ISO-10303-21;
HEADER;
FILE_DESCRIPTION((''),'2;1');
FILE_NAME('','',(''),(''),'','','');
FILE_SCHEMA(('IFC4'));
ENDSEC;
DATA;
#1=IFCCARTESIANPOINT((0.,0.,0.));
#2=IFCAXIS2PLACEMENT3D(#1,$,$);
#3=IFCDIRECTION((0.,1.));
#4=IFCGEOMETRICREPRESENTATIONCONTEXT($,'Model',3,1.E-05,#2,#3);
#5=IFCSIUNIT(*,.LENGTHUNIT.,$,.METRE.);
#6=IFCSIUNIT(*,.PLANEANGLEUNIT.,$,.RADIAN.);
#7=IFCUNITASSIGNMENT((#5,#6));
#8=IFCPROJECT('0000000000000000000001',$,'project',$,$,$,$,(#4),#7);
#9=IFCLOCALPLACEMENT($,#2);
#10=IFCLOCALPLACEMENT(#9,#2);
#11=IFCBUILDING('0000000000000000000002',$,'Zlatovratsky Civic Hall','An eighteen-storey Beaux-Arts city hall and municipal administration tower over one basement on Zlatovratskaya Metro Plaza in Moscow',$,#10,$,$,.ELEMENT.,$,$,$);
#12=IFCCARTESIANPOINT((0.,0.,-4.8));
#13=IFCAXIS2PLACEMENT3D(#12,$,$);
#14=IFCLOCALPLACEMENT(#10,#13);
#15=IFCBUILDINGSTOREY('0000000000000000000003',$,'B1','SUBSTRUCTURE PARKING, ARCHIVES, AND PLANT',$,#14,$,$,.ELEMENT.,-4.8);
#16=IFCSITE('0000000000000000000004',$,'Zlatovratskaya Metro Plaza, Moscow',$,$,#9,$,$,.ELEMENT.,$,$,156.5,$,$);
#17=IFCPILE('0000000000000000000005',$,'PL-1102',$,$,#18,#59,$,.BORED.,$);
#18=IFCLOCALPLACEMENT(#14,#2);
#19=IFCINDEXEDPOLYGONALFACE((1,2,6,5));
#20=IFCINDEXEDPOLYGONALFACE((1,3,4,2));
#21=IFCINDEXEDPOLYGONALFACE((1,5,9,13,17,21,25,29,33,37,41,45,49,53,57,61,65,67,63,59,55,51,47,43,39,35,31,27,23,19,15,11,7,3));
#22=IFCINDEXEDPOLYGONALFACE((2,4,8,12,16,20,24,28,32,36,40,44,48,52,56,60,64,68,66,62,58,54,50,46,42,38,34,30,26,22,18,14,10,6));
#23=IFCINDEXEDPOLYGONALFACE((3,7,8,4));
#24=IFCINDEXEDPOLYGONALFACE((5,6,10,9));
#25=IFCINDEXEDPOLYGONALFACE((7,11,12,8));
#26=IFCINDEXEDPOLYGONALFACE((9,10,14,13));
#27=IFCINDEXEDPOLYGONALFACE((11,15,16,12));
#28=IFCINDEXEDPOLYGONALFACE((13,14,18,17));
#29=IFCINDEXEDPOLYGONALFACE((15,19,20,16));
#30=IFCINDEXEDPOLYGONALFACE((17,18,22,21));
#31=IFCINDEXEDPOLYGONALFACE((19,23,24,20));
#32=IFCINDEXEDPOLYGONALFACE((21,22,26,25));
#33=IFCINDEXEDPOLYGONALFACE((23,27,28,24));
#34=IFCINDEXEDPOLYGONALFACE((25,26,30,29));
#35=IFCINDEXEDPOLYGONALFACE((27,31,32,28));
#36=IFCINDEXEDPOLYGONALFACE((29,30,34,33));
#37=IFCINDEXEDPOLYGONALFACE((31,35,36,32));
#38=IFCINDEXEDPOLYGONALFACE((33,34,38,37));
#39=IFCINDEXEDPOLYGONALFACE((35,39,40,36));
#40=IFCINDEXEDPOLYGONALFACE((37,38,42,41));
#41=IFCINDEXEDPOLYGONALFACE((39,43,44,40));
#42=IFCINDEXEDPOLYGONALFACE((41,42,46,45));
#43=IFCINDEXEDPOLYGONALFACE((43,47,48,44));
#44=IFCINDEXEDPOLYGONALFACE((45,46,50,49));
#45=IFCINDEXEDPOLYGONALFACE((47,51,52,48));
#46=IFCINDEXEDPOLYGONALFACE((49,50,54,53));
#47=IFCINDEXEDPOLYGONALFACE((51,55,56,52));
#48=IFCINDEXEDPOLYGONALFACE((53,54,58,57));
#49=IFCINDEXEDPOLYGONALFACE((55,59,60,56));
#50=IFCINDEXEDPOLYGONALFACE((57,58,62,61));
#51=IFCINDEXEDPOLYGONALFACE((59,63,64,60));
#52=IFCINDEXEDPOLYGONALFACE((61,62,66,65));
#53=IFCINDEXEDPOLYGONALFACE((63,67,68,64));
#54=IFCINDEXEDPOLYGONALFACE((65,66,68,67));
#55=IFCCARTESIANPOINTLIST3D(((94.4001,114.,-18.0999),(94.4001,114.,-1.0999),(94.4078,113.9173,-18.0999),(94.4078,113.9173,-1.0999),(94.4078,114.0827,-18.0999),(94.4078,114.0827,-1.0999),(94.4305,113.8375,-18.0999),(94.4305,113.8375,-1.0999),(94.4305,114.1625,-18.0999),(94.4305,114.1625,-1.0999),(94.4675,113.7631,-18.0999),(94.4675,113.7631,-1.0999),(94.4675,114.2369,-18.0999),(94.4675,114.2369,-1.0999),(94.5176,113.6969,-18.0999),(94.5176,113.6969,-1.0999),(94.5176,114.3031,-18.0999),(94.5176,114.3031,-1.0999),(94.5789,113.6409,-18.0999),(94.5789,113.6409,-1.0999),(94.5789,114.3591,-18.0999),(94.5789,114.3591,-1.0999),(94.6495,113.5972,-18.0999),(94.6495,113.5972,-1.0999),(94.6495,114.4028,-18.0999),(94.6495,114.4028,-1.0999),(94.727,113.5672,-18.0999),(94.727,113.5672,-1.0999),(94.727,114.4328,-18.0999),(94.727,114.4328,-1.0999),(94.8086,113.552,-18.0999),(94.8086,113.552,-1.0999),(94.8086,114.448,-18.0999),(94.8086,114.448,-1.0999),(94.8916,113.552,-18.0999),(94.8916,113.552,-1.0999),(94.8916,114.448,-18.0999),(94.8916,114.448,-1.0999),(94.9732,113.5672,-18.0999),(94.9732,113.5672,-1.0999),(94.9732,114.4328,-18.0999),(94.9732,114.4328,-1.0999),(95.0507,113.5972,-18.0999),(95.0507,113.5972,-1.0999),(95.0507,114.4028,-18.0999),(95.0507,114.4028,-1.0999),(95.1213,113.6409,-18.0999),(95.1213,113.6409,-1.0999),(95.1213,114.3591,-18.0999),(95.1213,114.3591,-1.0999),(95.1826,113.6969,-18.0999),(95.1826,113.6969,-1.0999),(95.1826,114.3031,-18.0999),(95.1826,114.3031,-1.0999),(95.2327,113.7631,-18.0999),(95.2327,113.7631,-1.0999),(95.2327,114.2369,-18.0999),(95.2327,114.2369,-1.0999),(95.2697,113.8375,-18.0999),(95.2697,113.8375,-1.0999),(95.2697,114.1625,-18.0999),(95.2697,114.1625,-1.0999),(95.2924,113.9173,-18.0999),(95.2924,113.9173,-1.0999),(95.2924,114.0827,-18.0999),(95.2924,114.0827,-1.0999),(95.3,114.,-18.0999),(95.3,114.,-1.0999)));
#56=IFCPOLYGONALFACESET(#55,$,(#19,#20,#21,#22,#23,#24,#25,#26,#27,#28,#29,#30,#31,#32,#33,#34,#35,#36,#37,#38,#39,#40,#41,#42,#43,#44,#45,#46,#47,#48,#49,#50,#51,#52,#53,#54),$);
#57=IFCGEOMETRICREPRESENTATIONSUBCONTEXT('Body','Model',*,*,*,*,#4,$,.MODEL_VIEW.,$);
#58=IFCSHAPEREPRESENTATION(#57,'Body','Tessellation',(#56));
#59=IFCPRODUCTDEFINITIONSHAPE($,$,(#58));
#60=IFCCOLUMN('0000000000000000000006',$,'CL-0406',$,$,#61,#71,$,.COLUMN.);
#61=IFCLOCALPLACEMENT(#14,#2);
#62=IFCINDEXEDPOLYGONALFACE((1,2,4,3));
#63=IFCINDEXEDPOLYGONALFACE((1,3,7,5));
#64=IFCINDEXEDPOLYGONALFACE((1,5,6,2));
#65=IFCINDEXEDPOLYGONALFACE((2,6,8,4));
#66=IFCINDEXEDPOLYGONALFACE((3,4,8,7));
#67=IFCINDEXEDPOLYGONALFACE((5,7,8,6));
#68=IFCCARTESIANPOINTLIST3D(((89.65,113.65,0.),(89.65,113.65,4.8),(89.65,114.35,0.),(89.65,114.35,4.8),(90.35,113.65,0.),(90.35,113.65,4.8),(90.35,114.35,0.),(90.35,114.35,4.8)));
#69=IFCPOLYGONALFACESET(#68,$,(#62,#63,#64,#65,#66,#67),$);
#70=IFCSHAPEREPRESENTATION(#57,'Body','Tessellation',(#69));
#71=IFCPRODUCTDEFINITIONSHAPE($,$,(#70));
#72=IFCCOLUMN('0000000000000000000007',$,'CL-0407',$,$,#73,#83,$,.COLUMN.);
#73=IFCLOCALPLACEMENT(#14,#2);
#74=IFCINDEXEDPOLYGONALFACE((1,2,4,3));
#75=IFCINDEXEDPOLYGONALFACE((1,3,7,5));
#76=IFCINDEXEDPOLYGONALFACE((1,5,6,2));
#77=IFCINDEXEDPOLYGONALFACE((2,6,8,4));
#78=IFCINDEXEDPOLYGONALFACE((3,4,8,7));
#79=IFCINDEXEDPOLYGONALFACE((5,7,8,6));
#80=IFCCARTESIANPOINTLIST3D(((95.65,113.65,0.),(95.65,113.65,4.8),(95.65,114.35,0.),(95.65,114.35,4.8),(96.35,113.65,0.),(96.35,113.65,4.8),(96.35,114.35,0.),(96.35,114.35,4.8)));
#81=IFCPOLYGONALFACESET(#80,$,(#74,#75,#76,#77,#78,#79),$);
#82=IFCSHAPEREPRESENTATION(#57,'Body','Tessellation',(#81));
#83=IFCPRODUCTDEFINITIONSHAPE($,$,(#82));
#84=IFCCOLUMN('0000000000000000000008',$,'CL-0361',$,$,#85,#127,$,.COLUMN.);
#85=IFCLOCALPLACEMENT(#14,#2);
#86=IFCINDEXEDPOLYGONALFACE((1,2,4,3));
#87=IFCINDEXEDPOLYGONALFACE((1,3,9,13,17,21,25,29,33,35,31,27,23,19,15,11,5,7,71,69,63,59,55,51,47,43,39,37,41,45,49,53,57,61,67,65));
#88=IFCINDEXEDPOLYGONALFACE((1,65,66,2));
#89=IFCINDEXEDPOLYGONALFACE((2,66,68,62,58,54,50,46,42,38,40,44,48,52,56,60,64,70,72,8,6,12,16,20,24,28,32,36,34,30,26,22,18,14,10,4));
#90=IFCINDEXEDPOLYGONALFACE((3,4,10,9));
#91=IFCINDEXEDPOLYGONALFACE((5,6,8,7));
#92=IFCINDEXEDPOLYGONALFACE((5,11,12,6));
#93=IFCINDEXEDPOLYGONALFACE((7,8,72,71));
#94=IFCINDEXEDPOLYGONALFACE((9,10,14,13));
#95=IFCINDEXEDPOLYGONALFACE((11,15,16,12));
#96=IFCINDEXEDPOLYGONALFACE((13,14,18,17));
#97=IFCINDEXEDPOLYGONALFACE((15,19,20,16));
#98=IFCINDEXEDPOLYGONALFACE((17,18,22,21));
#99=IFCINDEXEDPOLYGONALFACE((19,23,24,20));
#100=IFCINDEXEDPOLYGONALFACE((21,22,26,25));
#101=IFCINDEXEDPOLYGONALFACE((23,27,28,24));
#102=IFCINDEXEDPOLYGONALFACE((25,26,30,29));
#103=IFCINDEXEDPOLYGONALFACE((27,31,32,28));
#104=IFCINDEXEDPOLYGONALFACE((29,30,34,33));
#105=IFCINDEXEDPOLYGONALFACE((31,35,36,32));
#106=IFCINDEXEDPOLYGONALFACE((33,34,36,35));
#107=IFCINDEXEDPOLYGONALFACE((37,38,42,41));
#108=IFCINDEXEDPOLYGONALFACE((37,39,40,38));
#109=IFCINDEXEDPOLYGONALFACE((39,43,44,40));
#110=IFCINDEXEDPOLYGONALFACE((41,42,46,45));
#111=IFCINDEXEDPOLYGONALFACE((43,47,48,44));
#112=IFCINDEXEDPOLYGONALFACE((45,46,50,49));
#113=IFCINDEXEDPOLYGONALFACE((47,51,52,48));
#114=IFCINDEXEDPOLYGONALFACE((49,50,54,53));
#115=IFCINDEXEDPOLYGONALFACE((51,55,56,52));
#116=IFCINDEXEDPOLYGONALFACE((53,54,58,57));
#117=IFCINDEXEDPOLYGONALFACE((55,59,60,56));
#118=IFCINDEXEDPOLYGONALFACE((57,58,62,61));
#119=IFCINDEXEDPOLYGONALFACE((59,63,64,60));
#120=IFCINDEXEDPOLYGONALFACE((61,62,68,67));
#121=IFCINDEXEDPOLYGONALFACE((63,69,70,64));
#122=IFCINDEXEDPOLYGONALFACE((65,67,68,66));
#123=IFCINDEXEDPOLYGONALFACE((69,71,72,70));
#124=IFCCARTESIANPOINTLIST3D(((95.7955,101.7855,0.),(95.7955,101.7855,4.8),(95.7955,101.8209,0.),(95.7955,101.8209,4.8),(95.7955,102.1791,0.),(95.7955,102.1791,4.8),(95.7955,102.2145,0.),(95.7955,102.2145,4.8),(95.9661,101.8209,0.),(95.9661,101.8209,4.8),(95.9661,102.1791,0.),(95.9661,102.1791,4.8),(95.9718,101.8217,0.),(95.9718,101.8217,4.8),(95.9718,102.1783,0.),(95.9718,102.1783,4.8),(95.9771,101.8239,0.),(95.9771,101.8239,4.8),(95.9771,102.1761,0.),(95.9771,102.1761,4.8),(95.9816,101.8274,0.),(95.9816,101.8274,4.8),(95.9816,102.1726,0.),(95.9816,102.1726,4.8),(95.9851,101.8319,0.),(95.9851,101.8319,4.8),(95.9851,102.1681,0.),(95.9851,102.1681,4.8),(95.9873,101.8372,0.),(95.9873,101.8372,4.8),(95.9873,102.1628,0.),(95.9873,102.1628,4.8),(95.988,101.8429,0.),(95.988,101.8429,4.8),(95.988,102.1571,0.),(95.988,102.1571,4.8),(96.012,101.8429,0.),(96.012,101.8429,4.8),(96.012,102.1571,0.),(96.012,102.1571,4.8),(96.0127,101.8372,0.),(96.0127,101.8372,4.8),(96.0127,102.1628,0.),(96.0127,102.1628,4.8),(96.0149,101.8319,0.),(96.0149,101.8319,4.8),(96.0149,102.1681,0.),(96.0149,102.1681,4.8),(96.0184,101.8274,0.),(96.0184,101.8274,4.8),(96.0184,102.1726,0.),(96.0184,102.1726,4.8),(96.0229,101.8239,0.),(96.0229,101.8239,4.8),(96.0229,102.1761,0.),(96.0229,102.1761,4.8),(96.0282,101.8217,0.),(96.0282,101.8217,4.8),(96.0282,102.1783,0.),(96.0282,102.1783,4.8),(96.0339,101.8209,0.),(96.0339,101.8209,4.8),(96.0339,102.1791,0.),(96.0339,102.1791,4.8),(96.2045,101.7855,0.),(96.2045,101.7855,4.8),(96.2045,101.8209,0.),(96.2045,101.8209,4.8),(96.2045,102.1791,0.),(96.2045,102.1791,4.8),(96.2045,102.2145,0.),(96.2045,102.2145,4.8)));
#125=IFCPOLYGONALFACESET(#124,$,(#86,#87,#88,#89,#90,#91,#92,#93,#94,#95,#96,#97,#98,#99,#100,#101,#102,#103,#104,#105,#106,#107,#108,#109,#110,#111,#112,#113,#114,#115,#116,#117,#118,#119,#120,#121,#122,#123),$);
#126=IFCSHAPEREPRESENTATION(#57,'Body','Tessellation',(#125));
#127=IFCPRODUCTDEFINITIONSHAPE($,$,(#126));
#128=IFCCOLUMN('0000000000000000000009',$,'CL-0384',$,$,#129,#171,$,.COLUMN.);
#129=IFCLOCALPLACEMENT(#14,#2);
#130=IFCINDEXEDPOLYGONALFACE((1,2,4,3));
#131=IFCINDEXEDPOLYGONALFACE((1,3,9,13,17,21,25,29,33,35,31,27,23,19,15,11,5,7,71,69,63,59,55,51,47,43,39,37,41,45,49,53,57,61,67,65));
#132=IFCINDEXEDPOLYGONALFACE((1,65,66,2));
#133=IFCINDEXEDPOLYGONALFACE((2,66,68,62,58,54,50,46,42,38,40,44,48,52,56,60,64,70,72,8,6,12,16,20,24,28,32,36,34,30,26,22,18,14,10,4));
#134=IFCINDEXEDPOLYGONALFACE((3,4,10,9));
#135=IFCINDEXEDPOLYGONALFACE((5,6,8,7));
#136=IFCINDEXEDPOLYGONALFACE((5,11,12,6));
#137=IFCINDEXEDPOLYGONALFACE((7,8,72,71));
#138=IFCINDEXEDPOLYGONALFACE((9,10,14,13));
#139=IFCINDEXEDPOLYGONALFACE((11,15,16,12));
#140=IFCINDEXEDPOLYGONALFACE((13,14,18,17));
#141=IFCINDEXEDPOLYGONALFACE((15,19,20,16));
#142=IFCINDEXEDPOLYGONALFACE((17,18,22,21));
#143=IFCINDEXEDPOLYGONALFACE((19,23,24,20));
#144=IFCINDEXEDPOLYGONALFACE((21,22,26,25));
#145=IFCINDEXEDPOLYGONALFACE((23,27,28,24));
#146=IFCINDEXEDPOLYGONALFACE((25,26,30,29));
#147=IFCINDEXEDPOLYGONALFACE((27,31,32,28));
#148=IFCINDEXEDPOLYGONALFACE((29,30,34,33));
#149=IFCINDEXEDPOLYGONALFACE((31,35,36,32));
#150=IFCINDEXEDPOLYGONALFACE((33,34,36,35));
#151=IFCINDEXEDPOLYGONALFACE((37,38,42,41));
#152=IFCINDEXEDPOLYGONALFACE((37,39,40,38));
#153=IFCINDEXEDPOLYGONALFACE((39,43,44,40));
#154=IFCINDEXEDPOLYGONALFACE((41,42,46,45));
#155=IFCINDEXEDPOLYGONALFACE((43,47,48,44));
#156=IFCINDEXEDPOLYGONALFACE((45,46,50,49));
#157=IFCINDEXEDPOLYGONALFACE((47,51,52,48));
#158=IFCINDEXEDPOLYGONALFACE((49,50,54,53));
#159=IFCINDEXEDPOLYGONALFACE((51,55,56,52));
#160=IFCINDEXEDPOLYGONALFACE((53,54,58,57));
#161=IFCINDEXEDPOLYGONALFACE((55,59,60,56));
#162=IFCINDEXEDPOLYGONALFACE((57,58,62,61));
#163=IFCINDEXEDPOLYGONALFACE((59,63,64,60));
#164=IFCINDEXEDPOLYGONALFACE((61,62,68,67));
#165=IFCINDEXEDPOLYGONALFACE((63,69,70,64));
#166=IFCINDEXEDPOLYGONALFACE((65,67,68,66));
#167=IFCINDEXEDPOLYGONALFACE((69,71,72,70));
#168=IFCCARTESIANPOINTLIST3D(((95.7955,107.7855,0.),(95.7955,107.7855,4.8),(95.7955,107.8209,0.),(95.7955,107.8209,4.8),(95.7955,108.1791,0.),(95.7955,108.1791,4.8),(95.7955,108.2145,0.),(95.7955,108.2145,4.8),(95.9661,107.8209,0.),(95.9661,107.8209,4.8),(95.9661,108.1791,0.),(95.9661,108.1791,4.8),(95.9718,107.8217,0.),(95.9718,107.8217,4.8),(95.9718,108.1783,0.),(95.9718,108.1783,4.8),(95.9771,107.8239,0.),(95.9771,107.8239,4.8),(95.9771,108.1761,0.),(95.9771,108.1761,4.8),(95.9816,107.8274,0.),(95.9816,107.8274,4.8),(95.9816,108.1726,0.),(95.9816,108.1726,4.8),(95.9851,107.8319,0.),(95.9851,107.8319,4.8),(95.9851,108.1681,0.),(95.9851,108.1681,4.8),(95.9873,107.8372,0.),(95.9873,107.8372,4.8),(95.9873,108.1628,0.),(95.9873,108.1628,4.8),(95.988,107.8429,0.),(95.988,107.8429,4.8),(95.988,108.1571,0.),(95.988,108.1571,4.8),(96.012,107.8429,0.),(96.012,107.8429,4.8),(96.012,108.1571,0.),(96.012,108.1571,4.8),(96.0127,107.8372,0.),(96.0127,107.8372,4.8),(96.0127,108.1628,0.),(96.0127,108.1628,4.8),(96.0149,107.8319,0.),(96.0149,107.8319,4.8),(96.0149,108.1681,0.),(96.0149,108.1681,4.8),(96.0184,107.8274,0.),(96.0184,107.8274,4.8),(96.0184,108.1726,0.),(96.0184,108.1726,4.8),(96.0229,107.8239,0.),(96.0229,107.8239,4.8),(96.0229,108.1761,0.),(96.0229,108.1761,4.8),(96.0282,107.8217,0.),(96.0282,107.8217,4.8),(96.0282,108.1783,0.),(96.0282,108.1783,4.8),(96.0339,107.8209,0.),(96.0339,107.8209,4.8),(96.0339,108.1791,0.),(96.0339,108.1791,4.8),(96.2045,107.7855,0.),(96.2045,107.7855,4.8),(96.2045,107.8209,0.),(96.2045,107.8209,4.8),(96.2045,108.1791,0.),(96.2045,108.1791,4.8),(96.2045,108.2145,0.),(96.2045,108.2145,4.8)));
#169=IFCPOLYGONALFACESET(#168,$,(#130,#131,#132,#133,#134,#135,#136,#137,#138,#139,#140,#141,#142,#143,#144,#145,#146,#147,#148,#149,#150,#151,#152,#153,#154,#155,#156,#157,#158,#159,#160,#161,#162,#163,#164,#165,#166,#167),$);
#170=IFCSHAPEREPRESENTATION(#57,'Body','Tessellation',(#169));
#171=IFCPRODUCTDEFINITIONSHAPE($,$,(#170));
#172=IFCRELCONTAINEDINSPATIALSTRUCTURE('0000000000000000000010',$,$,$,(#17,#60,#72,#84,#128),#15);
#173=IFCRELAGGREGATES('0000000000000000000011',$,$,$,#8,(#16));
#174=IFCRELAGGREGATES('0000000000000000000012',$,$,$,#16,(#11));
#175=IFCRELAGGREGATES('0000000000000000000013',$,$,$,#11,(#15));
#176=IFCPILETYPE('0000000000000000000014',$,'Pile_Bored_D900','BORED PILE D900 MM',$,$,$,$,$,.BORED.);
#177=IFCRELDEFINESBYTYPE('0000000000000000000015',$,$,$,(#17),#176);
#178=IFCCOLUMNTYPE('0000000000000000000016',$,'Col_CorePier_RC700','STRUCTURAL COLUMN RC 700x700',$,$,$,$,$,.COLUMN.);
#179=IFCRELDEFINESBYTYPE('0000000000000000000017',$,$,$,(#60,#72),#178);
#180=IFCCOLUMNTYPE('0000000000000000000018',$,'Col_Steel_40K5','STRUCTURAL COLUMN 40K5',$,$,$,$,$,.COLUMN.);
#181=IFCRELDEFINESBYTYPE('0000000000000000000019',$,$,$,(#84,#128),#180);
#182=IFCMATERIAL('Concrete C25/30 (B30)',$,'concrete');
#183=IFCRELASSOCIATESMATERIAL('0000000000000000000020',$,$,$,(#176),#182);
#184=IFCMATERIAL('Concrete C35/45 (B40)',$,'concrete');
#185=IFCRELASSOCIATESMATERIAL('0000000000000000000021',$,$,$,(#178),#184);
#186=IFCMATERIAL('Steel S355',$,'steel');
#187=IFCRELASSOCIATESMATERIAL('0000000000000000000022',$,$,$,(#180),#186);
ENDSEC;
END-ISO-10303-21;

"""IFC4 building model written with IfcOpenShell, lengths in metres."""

from ifc_helpers import new_model, si_unit, direction, frame, origin, origin_2d, place, context, subcontext, project, spatial, rectangle, circle, i_section, extrude, material, material_profile, profile_set, type_object, element, save


model = new_model("IFC4")

# Units and contexts
model_context = context("Model", 3, precision=1e-05, world=origin(), true_north=direction((0.0, 1.0)))
body_context = subcontext(model_context, "Body", "Model", "MODEL_VIEW")
ifc_project = project(units=[si_unit("LENGTHUNIT", "METRE"), si_unit("PLANEANGLEUNIT", "RADIAN")], contexts=[model_context])

# Site, building, storey
site_placement = place(None, origin())
site = spatial("IfcSite", under=ifc_project, at=site_placement, Name="Zlatovratskaya Metro Plaza, Moscow", CompositionType="ELEMENT", RefElevation=156.5)
building_placement = place(site_placement, origin())
building = spatial("IfcBuilding", under=site, at=building_placement, Name="Zlatovratsky Civic Hall", Description="An eighteen-storey Beaux-Arts city hall and municipal administration tower over one basement on Zlatovratskaya Metro Plaza in Moscow", CompositionType="ELEMENT")
storey_placement = place(building_placement, frame((0.0, 0.0, -4.8)))
storey = spatial("IfcBuildingStorey", under=building, at=storey_placement, Name="B1", Description="SUBSTRUCTURE PARKING, ARCHIVES, AND PLANT", CompositionType="ELEMENT", Elevation=-4.8)

# Shared definitions
ifc_material_1 = material(Name="Concrete C25/30 (B30)", Category="concrete")

# Pile
ifc_material_profile_1 = material_profile(ifc_material_1, circle(Radius=0.45, at=origin_2d()), Name="PILE D900")
ifc_profile_set_1 = profile_set([ifc_material_profile_1], Name="Concrete C25/30 (B30)")
pile_type_1 = type_object("IfcPileType", Name="Pile_Bored_D900", Description="BORED PILE D900 MM", PredefinedType="BORED", material=ifc_profile_set_1)
for number, where, z_axis, x_axis, name in (
    (1, (94.8501, 114.0, -1.0999), (0.0, 0.0, -1.0), (1.0, 0.0, 0.0), "PL-1102"),
):
    element("IfcPile", number, at=place(storey_placement, frame(where, z_axis=z_axis, x_axis=x_axis)), inside=storey, type_object=pile_type_1, Name=name, PredefinedType="BORED", context=body_context, shape_type="SweptSolid", body=[
        extrude(circle(Radius=0.45, at=origin_2d()), origin(), (0.0, 0.0, 1.0), 17.0),
    ])

# Columns
ifc_material_2 = material(Name="Concrete C35/45 (B40)", Category="concrete")
ifc_material_profile_2 = material_profile(ifc_material_2, rectangle(XDim=0.7, YDim=0.7, at=origin_2d()), Name="RC 700x700")
ifc_profile_set_2 = profile_set([ifc_material_profile_2], Name="Concrete C35/45 (B40)")
column_type_1 = type_object("IfcColumnType", Name="Col_CorePier_RC700", Description="STRUCTURAL COLUMN RC 700x700", PredefinedType="COLUMN", material=ifc_profile_set_2)
for number, where, z_axis, x_axis, name in (
    (2, (90.0, 114.0, 0.0), (0.0, 0.0, 1.0), (1.0, 0.0, 0.0), "CL-0406"),
    (3, (96.0, 114.0, 0.0), (0.0, 0.0, 1.0), (1.0, 0.0, 0.0), "CL-0407"),
):
    element("IfcColumn", number, at=place(storey_placement, frame(where, z_axis=z_axis, x_axis=x_axis)), inside=storey, type_object=column_type_1, Name=name, PredefinedType="COLUMN", context=body_context, shape_type="SweptSolid", body=[
        extrude(rectangle(XDim=0.7, YDim=0.7, at=origin_2d()), origin(), (0.0, 0.0, 1.0), 4.8),
    ])
ifc_material_3 = material(Name="Steel S355", Category="steel")
ifc_material_profile_3 = material_profile(ifc_material_3, i_section(OverallWidth=0.4089, OverallDepth=0.429, WebThickness=0.0239, FlangeThickness=0.0354, FilletRadius=0.022, at=origin_2d()), Name="40K5")
ifc_profile_set_3 = profile_set([ifc_material_profile_3], Name="Steel S355")
column_type_2 = type_object("IfcColumnType", Name="Col_Steel_40K5", Description="STRUCTURAL COLUMN 40K5", PredefinedType="COLUMN", material=ifc_profile_set_3)
for number, where, z_axis, x_axis, name in (
    (4, (96.0, 102.0, 0.0), (0.0, 0.0, 1.0), (1.0, 0.0, 0.0), "CL-0361"),
    (5, (96.0, 108.0, 0.0), (0.0, 0.0, 1.0), (1.0, 0.0, 0.0), "CL-0384"),
):
    element("IfcColumn", number, at=place(storey_placement, frame(where, z_axis=z_axis, x_axis=x_axis)), inside=storey, type_object=column_type_2, Name=name, PredefinedType="COLUMN", context=body_context, shape_type="SweptSolid", body=[
        extrude(i_section(OverallWidth=0.4089, OverallDepth=0.429, WebThickness=0.0239, FlangeThickness=0.0354, FilletRadius=0.022, at=origin_2d()), origin(), (0.0, 0.0, 1.0), 4.8),
    ])

save(model, "model.ifc")
